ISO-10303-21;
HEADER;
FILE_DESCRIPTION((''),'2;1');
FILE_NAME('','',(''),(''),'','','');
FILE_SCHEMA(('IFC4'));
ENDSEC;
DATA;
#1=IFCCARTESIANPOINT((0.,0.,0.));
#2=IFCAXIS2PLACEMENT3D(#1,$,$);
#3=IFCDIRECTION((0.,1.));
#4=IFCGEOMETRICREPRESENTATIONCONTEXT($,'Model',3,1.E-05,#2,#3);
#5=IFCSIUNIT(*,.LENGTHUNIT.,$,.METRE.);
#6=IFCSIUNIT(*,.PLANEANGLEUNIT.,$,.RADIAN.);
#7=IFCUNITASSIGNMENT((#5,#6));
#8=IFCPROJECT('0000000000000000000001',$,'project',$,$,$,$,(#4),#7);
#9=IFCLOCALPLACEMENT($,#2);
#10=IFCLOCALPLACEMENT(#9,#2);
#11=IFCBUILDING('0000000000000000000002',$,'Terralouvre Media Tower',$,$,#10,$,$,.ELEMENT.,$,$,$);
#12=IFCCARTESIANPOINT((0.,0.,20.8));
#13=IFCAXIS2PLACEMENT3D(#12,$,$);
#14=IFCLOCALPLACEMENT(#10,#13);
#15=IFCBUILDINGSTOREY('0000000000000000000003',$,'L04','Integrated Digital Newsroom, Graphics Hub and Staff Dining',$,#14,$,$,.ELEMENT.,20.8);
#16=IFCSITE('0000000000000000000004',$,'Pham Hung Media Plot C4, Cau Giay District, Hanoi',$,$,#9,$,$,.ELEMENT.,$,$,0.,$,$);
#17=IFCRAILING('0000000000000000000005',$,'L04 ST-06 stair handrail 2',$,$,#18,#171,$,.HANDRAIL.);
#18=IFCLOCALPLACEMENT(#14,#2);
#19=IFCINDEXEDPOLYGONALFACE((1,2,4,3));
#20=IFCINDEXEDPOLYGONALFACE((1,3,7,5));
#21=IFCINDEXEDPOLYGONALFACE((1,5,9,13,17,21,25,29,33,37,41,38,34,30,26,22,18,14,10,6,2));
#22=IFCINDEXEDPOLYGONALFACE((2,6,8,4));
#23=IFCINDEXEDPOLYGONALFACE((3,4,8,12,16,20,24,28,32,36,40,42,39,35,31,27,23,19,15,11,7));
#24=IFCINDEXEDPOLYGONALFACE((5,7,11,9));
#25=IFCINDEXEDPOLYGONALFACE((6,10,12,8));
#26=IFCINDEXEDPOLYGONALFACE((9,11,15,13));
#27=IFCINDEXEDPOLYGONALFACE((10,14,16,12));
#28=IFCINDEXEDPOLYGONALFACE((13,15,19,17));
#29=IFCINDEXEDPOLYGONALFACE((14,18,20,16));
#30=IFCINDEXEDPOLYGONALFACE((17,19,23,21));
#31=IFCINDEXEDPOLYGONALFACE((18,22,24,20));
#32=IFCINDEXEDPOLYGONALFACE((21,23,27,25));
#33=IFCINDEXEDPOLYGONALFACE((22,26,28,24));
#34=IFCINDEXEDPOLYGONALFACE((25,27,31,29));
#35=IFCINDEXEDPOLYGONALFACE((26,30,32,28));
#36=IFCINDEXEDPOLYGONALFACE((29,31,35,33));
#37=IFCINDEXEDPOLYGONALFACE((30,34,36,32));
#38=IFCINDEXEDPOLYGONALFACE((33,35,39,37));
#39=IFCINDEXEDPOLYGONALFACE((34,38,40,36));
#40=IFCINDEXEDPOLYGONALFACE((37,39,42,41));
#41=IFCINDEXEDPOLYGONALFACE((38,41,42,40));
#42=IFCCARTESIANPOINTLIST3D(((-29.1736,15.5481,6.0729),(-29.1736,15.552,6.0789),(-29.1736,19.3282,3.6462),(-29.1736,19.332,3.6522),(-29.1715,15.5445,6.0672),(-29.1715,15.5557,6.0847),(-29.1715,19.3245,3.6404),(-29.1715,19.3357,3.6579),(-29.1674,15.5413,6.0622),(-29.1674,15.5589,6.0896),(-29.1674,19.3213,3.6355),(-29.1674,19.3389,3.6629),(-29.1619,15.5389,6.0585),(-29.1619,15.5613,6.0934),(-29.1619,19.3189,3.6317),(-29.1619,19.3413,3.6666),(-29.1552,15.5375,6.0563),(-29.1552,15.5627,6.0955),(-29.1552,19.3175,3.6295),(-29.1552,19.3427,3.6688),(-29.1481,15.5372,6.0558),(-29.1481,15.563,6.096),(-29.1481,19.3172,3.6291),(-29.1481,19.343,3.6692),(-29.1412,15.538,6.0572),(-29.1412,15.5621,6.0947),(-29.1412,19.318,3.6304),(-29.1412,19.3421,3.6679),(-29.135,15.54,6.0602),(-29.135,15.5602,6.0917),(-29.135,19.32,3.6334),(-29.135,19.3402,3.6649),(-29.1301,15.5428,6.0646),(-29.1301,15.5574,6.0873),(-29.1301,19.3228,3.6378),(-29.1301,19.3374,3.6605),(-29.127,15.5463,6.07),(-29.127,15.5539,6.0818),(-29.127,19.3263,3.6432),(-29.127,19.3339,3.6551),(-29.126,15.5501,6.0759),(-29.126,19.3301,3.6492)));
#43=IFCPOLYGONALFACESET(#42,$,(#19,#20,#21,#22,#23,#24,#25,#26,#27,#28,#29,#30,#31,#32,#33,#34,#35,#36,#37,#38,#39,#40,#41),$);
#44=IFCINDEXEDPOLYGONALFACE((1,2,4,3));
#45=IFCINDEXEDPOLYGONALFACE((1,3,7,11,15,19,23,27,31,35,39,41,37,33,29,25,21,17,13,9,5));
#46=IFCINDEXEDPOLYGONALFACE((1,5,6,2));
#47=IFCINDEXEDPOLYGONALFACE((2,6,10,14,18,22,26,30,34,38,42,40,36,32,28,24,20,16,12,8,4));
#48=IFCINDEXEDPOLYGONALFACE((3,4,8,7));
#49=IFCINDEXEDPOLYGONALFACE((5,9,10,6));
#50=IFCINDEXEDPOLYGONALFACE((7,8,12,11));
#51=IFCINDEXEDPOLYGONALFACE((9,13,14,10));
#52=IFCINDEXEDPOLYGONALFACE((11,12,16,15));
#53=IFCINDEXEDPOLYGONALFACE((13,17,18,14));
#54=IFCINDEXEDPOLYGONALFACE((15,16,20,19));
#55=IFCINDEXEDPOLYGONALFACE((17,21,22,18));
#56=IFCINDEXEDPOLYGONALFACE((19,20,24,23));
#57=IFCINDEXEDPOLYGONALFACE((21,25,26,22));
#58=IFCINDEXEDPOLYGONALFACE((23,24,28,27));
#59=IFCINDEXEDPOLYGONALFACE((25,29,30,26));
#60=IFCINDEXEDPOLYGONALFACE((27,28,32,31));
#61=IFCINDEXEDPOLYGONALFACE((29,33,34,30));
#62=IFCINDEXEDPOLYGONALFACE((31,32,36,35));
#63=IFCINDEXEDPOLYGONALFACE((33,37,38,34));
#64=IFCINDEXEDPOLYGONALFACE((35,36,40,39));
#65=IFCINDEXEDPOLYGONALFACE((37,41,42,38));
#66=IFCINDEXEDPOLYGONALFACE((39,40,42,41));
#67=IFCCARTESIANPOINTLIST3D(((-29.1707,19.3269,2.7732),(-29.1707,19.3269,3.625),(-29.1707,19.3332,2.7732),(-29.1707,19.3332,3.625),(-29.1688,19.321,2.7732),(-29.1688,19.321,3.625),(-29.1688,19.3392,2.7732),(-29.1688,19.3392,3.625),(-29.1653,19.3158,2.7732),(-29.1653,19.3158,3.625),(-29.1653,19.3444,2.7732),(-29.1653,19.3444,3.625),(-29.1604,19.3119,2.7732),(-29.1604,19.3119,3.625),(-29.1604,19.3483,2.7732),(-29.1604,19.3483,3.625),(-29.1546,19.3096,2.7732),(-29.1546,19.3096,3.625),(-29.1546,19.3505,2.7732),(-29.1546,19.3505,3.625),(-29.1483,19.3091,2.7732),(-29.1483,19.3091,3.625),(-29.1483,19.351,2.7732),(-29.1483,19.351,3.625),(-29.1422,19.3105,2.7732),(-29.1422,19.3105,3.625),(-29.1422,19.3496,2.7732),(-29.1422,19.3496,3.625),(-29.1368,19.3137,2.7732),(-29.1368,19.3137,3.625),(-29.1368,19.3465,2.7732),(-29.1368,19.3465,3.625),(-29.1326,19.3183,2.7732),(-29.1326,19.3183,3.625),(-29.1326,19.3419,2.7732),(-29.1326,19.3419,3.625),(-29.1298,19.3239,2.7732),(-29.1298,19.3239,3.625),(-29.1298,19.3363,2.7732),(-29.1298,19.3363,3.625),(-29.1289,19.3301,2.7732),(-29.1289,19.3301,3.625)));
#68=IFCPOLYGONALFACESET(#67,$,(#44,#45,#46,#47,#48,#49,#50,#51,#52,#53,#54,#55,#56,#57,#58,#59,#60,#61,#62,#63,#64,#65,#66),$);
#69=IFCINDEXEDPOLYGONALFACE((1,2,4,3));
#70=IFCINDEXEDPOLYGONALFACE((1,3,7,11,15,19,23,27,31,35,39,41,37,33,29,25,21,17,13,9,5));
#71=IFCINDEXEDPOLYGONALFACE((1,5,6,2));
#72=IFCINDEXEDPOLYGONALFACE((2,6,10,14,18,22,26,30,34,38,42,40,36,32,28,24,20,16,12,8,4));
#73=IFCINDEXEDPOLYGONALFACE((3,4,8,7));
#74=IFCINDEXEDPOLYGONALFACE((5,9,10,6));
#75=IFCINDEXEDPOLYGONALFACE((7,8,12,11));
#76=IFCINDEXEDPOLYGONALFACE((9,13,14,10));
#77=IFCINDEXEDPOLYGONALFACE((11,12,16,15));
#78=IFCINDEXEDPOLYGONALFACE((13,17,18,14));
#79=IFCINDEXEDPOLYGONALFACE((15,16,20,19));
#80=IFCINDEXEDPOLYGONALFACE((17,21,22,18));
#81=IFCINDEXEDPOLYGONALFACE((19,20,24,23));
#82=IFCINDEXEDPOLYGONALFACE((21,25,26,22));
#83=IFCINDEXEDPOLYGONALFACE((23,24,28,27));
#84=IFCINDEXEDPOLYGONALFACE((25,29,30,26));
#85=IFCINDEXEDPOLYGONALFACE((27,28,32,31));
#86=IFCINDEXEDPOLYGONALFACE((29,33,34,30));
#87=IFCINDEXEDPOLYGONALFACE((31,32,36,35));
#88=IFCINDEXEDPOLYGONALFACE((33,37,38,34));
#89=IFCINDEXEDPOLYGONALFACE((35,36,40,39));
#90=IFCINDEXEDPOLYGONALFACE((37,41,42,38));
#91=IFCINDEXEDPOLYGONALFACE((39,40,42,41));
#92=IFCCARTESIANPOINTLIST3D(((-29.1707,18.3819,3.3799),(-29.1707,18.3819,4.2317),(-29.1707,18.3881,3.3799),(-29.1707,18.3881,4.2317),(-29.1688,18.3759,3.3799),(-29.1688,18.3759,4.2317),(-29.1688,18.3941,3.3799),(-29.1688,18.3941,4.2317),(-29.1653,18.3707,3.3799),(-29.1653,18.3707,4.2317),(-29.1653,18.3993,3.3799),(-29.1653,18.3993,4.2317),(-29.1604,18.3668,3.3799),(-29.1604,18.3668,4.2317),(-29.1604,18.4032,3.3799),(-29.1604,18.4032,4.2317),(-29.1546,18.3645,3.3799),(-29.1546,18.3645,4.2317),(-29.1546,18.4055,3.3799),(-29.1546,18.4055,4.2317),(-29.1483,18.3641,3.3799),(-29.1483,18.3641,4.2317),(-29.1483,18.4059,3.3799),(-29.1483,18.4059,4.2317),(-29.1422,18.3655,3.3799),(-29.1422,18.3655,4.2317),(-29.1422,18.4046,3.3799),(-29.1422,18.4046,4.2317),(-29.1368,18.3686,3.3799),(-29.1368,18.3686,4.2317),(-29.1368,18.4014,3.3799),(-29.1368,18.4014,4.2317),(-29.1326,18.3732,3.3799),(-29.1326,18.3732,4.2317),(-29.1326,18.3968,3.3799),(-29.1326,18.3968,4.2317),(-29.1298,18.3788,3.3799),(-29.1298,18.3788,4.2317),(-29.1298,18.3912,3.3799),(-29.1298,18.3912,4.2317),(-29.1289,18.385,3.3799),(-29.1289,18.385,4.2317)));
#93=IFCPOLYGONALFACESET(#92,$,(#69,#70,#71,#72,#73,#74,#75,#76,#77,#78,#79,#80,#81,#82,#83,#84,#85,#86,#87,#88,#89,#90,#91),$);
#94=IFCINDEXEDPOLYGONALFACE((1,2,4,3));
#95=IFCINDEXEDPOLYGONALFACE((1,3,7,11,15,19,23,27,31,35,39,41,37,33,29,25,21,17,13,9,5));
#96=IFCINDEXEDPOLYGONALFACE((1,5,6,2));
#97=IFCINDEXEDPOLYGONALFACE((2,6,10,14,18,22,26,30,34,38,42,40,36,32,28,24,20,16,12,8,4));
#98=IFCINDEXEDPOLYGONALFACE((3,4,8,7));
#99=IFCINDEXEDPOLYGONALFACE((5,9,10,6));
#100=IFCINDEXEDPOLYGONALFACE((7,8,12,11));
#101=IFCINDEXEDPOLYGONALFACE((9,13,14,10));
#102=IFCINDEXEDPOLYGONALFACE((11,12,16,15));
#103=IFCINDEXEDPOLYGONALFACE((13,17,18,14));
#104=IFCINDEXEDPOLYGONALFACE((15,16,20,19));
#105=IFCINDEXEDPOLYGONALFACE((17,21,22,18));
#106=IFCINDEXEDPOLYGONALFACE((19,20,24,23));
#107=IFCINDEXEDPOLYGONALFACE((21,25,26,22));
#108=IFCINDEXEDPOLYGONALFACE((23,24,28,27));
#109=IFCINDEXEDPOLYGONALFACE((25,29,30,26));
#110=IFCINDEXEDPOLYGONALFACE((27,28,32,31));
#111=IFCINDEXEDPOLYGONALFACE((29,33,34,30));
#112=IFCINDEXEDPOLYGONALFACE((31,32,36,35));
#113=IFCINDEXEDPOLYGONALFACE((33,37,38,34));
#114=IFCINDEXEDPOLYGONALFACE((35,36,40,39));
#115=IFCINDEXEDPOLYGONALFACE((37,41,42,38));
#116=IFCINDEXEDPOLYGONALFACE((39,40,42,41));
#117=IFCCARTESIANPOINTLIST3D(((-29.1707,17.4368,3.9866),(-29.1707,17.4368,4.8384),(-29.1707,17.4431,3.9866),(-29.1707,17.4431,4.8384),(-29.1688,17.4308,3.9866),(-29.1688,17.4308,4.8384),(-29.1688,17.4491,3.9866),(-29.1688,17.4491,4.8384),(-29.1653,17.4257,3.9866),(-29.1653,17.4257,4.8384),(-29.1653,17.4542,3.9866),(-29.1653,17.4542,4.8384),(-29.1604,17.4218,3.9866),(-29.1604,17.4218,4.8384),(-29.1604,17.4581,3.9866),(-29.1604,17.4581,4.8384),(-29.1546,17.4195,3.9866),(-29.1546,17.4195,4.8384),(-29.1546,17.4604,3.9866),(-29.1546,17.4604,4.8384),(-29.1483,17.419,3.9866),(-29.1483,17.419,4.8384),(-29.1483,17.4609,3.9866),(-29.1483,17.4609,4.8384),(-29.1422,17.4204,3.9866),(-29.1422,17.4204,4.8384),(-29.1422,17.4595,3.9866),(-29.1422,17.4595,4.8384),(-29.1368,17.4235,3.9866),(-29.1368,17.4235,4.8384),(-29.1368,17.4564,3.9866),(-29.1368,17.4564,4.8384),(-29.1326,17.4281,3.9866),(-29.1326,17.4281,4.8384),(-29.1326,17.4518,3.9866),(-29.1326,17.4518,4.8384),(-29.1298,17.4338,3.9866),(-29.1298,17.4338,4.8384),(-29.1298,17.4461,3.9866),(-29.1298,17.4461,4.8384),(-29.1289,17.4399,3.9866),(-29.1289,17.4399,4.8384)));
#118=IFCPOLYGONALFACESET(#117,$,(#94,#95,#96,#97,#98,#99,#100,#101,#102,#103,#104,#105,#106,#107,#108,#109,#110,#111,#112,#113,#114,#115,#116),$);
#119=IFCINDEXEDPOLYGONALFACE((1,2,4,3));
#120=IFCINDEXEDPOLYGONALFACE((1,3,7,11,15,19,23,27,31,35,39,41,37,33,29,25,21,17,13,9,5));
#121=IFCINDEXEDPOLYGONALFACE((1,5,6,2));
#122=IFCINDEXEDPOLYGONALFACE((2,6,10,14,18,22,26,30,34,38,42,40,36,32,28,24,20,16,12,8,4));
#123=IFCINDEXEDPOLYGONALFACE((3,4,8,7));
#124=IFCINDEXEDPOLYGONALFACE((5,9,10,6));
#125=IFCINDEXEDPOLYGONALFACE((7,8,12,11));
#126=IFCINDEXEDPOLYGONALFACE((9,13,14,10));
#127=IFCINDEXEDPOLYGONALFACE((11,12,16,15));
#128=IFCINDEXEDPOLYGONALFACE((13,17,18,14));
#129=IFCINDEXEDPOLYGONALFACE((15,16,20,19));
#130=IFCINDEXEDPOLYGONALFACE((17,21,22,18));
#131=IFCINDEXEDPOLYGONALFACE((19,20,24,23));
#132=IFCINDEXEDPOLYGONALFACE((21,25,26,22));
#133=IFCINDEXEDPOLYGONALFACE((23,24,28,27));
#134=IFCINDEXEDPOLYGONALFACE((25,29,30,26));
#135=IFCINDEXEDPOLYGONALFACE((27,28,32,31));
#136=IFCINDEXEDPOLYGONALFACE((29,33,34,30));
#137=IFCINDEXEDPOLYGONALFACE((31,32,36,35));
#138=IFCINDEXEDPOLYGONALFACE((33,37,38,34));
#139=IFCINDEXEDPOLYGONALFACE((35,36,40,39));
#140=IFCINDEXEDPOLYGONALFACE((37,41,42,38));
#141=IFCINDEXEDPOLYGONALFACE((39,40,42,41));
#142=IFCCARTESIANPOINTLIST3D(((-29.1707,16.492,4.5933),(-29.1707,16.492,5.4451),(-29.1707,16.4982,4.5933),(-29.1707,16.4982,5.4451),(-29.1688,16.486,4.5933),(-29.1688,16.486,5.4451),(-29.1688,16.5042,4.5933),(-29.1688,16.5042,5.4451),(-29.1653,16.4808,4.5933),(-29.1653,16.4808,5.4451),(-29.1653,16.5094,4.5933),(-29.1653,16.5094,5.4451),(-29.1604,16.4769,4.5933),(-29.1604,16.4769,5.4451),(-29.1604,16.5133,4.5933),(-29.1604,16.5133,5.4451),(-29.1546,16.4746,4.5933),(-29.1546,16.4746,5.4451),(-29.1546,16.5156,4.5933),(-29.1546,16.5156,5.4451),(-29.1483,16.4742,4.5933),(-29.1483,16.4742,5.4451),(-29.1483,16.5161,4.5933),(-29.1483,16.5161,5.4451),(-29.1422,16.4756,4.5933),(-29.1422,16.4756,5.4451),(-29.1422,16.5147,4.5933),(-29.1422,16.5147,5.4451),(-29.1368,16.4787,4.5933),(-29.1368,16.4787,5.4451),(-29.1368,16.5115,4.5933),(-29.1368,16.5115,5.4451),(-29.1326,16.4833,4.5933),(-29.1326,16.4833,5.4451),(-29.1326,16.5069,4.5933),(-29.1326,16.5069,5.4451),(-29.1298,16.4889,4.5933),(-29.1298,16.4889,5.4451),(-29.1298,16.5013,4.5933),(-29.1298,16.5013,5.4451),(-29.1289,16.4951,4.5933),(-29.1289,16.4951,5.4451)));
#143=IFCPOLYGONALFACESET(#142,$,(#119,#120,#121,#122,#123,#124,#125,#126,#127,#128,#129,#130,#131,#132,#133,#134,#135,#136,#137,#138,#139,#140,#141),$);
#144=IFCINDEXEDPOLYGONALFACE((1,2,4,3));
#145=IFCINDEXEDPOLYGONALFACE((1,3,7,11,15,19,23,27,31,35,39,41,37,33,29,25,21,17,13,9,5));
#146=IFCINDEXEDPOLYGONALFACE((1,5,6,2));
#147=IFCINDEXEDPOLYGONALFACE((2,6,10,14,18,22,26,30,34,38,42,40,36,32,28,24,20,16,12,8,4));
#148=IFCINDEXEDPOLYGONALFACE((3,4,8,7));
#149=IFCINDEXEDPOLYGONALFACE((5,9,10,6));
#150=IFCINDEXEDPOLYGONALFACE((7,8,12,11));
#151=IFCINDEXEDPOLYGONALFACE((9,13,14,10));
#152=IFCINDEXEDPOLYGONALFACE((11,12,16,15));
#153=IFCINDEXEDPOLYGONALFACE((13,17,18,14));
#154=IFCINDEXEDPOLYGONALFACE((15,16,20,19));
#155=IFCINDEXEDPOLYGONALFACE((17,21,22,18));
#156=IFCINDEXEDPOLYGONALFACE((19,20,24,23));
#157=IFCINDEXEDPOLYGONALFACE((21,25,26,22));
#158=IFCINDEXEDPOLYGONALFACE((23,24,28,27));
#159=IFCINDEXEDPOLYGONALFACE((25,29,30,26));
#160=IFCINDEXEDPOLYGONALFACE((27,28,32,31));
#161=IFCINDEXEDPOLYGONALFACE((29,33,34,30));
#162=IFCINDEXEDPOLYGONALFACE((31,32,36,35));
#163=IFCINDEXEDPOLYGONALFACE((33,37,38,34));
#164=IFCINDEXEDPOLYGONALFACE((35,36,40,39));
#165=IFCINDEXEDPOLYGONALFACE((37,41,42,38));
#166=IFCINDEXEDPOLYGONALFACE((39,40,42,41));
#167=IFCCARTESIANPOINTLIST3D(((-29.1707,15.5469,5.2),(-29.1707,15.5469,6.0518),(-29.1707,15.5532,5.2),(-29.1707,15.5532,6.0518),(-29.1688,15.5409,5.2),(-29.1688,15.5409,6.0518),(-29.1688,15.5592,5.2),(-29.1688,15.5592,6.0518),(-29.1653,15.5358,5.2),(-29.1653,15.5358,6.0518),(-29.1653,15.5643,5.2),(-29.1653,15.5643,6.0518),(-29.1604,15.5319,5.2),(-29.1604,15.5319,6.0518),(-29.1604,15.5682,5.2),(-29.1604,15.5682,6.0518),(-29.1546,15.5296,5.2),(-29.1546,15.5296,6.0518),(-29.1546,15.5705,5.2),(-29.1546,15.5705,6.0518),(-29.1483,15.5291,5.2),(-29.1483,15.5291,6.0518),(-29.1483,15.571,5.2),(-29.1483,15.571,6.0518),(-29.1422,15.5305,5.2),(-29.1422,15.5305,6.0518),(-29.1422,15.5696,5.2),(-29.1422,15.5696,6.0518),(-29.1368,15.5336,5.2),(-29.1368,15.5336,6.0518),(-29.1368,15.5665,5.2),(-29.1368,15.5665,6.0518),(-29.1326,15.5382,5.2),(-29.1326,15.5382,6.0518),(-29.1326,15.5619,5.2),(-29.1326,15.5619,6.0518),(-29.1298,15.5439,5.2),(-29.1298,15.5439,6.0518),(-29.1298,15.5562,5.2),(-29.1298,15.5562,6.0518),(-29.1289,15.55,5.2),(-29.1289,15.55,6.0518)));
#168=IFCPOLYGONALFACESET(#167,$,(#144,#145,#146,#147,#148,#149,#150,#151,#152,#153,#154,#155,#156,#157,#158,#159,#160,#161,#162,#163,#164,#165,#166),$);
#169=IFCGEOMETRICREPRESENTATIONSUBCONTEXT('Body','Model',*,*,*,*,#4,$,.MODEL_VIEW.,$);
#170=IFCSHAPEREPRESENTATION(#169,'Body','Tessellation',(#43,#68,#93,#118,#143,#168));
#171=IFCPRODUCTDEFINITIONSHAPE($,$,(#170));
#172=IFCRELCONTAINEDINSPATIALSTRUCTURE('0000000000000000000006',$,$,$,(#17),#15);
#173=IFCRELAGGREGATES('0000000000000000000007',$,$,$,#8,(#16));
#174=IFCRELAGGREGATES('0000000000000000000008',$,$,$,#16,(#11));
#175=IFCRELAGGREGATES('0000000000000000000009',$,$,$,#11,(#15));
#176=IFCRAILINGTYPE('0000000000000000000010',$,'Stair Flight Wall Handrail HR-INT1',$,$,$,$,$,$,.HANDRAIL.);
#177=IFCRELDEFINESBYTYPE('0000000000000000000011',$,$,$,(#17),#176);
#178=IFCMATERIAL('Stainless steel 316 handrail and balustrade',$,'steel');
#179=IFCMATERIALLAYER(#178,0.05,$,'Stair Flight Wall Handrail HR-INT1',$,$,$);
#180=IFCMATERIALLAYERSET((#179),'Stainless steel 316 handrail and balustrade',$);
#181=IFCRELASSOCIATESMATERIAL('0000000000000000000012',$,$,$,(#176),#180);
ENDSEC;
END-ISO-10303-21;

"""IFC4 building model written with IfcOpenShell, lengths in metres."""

from ifc_helpers import new_model, si_unit, direction, frame, origin, origin_2d, place, context, subcontext, project, spatial, circle, extrude, material, layer, layer_set, type_object, element, save


model = new_model("IFC4")

# Units and contexts
model_context = context("Model", 3, precision=1e-05, world=origin(), true_north=direction((0.0, 1.0)))
body_context = subcontext(model_context, "Body", "Model", "MODEL_VIEW")
ifc_project = project(units=[si_unit("LENGTHUNIT", "METRE"), si_unit("PLANEANGLEUNIT", "RADIAN")], contexts=[model_context])

# Site, building, storey
site_placement = place(None, origin())
site = spatial("IfcSite", under=ifc_project, at=site_placement, Name="Pham Hung Media Plot C4, Cau Giay District, Hanoi", CompositionType="ELEMENT", RefElevation=0.0)
building_placement = place(site_placement, origin())
building = spatial("IfcBuilding", under=site, at=building_placement, Name="Terralouvre Media Tower", CompositionType="ELEMENT")
storey_placement = place(building_placement, frame((0.0, 0.0, 20.8)))
storey = spatial("IfcBuildingStorey", under=building, at=storey_placement, Name="L04", Description="Integrated Digital Newsroom, Graphics Hub and Staff Dining", CompositionType="ELEMENT", Elevation=20.8)

# Railing
ifc_material_1 = material(Name="Stainless steel 316 handrail and balustrade", Category="steel")
ifc_layer_1 = layer(ifc_material_1, 0.05, Name="Stair Flight Wall Handrail HR-INT1")
ifc_layer_set_1 = layer_set([ifc_layer_1], Name="Stainless steel 316 handrail and balustrade")
railing_type_1 = type_object("IfcRailingType", Name="Stair Flight Wall Handrail HR-INT1", PredefinedType="HANDRAIL", material=ifc_layer_set_1)
railing_1_placement = place(storey_placement, frame((-29.1499, 19.3301, 2.7732)))
element("IfcRailing", 1, at=railing_1_placement, inside=storey, type_object=railing_type_1, Name="L04 ST-06 stair handrail 2", PredefinedType="HANDRAIL", context=body_context, shape_type="SweptSolid", body=[
    extrude(circle(Radius=0.0239, at=origin_2d()), frame((0.0, 0.0, 0.876), z_axis=(0.0, -0.841509, 0.540244), x_axis=(1.0, 0.0, 0.0)), (0.0, 0.0, 1.0), 4.4919),
    extrude(circle(Radius=0.021, at=origin_2d()), origin(), (0.0, 0.0, 1.0), 0.8518),
    extrude(circle(Radius=0.021, at=origin_2d()), frame((0.0, -0.9451, 0.6067)), (0.0, 0.0, 1.0), 0.8518),
    extrude(circle(Radius=0.021, at=origin_2d()), frame((0.0, -1.8901, 1.2134)), (0.0, 0.0, 1.0), 0.8518),
    extrude(circle(Radius=0.021, at=origin_2d()), frame((0.0, -2.835, 1.8201)), (0.0, 0.0, 1.0), 0.8518),
    extrude(circle(Radius=0.021, at=origin_2d()), frame((0.0, -3.78, 2.4268)), (0.0, 0.0, 1.0), 0.8518),
])

save(model, "model.ifc")
